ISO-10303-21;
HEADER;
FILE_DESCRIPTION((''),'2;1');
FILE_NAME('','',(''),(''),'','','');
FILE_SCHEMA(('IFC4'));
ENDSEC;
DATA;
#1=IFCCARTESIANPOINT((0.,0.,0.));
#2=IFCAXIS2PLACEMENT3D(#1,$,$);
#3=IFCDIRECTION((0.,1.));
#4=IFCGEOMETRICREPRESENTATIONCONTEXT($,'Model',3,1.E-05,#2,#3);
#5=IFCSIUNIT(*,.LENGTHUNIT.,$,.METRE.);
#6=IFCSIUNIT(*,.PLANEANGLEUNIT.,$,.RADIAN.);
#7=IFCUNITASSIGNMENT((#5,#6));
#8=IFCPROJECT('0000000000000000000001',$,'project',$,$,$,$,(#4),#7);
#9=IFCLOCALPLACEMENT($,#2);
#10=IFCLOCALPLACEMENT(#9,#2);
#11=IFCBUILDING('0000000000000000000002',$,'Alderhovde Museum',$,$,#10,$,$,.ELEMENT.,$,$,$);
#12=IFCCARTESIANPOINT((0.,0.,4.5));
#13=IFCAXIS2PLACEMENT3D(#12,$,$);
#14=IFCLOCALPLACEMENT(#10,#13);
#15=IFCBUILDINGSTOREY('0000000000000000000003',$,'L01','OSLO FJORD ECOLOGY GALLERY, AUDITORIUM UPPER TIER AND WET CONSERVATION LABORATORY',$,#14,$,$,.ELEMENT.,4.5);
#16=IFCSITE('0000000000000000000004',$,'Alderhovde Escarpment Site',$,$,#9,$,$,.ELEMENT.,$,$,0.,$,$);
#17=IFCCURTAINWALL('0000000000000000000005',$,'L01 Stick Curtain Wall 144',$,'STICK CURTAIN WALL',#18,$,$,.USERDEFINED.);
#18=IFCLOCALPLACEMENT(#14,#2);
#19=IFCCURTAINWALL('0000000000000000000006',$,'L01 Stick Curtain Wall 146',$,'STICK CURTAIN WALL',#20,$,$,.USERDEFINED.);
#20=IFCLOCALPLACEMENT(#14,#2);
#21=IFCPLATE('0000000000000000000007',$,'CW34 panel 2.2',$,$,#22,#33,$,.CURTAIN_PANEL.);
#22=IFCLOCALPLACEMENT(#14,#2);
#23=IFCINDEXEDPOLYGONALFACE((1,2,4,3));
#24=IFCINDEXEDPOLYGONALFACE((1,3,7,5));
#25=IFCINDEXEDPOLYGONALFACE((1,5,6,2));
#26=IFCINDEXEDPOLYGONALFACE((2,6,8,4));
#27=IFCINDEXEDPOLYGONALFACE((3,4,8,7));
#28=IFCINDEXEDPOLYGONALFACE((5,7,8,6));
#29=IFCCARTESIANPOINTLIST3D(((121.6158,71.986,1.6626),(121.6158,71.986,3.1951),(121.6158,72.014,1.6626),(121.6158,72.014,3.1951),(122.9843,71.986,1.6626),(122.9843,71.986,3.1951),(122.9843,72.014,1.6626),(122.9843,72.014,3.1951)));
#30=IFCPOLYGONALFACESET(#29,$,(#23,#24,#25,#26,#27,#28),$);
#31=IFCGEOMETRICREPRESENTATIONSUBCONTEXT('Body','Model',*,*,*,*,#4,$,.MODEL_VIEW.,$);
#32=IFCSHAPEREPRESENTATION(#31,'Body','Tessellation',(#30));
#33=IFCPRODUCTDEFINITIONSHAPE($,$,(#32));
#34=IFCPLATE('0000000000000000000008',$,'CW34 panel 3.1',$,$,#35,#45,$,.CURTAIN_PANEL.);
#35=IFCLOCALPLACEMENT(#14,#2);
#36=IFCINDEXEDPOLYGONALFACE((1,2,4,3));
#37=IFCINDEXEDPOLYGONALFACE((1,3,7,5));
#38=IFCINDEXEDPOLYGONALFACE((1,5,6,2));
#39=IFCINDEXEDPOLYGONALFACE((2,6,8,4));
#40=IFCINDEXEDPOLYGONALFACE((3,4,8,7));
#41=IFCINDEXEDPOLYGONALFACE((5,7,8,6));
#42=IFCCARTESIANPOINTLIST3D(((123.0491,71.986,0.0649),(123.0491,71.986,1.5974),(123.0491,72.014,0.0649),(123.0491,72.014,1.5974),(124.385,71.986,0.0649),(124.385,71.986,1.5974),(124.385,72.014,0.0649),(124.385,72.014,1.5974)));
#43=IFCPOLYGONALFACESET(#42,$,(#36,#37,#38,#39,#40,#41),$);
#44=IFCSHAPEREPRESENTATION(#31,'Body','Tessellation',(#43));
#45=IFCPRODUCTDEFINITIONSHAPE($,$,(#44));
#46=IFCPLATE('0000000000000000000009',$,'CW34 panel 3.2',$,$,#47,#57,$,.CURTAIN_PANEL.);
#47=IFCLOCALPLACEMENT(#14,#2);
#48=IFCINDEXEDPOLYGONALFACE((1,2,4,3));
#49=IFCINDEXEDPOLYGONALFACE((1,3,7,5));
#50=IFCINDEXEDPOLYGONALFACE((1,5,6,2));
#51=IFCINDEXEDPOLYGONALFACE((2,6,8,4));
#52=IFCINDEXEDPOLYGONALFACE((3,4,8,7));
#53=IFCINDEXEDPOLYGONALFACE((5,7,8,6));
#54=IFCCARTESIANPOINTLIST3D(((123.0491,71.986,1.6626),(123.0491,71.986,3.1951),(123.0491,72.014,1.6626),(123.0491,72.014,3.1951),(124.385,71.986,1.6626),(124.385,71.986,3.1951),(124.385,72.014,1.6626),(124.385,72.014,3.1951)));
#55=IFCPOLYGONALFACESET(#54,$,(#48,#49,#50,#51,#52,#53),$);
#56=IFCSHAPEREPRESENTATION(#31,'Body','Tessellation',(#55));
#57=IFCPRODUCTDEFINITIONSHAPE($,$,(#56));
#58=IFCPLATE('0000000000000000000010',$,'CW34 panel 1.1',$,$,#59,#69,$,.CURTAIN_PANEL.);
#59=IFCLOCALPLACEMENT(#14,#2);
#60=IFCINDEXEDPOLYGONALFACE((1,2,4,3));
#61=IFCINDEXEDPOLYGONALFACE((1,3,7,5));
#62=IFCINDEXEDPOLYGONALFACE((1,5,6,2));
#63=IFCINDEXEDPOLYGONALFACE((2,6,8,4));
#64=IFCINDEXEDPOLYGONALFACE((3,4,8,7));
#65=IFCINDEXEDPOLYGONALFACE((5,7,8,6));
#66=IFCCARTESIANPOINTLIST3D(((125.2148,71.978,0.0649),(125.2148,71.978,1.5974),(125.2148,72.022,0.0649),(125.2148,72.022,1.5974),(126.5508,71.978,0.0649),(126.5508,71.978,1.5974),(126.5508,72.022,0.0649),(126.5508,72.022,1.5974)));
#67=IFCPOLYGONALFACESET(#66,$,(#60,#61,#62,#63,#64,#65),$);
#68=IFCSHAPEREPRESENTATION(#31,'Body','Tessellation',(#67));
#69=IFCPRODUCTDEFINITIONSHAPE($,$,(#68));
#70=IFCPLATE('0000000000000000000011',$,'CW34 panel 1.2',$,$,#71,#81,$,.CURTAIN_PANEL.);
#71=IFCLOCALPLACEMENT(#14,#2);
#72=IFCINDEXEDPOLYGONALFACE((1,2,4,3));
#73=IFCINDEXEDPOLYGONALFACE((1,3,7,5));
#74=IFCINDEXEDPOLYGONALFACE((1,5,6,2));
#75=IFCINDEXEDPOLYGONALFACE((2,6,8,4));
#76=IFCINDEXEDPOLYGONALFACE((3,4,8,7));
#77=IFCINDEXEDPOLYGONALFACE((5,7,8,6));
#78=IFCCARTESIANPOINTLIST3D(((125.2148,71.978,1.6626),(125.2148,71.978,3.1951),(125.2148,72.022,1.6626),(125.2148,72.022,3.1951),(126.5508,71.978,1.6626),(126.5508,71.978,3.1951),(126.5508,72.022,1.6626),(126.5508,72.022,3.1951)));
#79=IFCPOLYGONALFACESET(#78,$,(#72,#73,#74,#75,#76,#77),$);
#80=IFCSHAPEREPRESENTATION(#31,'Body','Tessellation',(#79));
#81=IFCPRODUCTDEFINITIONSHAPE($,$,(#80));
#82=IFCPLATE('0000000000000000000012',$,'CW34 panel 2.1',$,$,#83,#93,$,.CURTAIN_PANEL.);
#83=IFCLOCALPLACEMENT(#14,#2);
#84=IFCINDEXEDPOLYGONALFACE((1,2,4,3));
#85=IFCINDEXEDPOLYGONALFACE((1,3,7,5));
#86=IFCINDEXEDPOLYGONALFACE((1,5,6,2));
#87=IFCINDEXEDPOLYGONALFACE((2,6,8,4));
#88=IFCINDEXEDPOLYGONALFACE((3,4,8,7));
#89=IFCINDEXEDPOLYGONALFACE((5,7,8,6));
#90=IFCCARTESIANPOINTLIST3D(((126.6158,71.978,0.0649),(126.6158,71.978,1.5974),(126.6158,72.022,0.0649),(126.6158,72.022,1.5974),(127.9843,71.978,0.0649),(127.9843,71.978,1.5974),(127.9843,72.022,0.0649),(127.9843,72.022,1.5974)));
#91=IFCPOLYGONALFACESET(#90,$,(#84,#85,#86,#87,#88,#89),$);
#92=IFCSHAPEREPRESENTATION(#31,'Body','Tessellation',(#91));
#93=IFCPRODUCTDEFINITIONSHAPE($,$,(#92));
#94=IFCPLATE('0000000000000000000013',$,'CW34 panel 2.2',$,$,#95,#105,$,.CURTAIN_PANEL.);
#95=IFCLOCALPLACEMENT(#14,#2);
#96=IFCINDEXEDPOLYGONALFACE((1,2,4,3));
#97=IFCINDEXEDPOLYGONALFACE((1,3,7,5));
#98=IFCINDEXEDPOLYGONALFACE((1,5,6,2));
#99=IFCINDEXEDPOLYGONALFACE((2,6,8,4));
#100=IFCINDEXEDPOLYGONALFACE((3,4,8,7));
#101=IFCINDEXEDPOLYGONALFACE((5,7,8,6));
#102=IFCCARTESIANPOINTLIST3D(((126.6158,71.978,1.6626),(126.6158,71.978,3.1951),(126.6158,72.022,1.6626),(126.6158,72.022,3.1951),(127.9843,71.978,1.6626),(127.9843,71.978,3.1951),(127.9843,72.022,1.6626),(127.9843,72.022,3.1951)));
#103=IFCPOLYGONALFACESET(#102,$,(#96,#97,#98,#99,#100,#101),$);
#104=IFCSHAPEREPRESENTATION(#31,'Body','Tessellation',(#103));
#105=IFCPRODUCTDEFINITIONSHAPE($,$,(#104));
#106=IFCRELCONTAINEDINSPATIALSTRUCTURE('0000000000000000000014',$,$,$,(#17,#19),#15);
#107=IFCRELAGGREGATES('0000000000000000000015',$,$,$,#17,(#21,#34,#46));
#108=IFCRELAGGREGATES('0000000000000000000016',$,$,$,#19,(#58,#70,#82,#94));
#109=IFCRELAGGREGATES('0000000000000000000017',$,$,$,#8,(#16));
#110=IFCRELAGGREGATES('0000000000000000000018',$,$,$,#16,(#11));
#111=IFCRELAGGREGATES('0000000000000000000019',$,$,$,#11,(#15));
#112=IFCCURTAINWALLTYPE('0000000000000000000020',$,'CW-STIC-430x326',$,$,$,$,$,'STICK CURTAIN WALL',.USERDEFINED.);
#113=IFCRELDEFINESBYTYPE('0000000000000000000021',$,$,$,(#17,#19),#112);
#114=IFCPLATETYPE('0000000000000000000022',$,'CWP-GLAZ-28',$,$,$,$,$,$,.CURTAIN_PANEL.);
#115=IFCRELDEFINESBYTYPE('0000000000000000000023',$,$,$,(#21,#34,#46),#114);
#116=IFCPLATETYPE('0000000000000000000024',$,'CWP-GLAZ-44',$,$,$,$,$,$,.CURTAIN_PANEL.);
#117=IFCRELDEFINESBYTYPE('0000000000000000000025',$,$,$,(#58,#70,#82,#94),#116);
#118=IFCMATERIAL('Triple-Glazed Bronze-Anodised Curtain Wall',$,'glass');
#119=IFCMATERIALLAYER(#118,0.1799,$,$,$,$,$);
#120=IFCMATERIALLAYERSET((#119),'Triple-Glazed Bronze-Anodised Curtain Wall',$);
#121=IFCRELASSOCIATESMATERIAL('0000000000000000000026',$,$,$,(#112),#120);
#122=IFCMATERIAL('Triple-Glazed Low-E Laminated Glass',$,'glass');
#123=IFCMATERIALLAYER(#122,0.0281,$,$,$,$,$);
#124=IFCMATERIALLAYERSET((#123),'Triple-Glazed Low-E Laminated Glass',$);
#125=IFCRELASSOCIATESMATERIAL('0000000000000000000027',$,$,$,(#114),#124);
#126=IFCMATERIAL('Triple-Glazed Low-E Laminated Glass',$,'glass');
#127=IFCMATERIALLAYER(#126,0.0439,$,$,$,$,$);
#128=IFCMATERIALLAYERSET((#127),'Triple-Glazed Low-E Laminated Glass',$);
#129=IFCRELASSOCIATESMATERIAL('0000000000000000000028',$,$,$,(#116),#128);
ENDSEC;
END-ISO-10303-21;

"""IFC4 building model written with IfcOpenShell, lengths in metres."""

from ifc_helpers import new_model, si_unit, direction, frame, origin, origin_2d, place, context, subcontext, project, spatial, rectangle, extrude, material, layer, layer_set, type_object, element, aggregate, save


model = new_model("IFC4")

# Units and contexts
model_context = context("Model", 3, precision=1e-05, world=origin(), true_north=direction((0.0, 1.0)))
body_context = subcontext(model_context, "Body", "Model", "MODEL_VIEW")
ifc_project = project(units=[si_unit("LENGTHUNIT", "METRE"), si_unit("PLANEANGLEUNIT", "RADIAN")], contexts=[model_context])

# Site, building, storey
site_placement = place(None, origin())
site = spatial("IfcSite", under=ifc_project, at=site_placement, Name="Alderhovde Escarpment Site", CompositionType="ELEMENT", RefElevation=0.0)
building_placement = place(site_placement, origin())
building = spatial("IfcBuilding", under=site, at=building_placement, Name="Alderhovde Museum", CompositionType="ELEMENT")
storey_placement = place(building_placement, frame((0.0, 0.0, 4.5)))
storey = spatial("IfcBuildingStorey", under=building, at=storey_placement, Name="L01", Description="OSLO FJORD ECOLOGY GALLERY, AUDITORIUM UPPER TIER AND WET CONSERVATION LABORATORY", CompositionType="ELEMENT", Elevation=4.5)

# Curtain walls
ifc_material_1 = material(Name="Triple-Glazed Bronze-Anodised Curtain Wall", Category="glass")
ifc_layer_1 = layer(ifc_material_1, 0.1799)
ifc_layer_set_1 = layer_set([ifc_layer_1], Name="Triple-Glazed Bronze-Anodised Curtain Wall")
curtain_wall_type = type_object("IfcCurtainWallType", Name="CW-STIC-430x326", ElementType="STICK CURTAIN WALL", PredefinedType="USERDEFINED", material=ifc_layer_set_1)
curtain_wall_1_placement = place(storey_placement, origin())
curtain_wall_1 = element("IfcCurtainWall", 1, at=curtain_wall_1_placement, inside=storey, type_object=curtain_wall_type, Name="L01 Stick Curtain Wall 144", ObjectType="STICK CURTAIN WALL", PredefinedType="USERDEFINED")
curtain_wall_2_placement = place(storey_placement, origin())
curtain_wall_2 = element("IfcCurtainWall", 2, at=curtain_wall_2_placement, inside=storey, type_object=curtain_wall_type, Name="L01 Stick Curtain Wall 146", ObjectType="STICK CURTAIN WALL", PredefinedType="USERDEFINED")

# Plates
ifc_material_2 = material(Name="Triple-Glazed Low-E Laminated Glass", Category="glass")
ifc_layer_2 = layer(ifc_material_2, 0.0281)
ifc_layer_set_2 = layer_set([ifc_layer_2], Name="Triple-Glazed Low-E Laminated Glass")
plate_type_1 = type_object("IfcPlateType", Name="CWP-GLAZ-28", PredefinedType="CURTAIN_PANEL", material=ifc_layer_set_2)
plate_1_placement = place(storey_placement, frame((122.3, 72.0, 1.6626), z_axis=(0.0, 0.0, 1.0), x_axis=(1.0, 0.0, 0.0)))
plate_1 = element("IfcPlate", 3, at=plate_1_placement, type_object=plate_type_1, Name="CW34 panel 2.2", PredefinedType="CURTAIN_PANEL", context=body_context, shape_type="SweptSolid", body=[
    extrude(rectangle(XDim=1.3684, YDim=0.0281, at=origin_2d()), origin(), (0.0, 0.0, 1.0), 1.5325),
])
plate_2_placement = place(storey_placement, frame((123.717, 72.0, 0.0649), z_axis=(0.0, 0.0, 1.0), x_axis=(1.0, 0.0, 0.0)))
plate_2 = element("IfcPlate", 4, at=plate_2_placement, type_object=plate_type_1, Name="CW34 panel 3.1", PredefinedType="CURTAIN_PANEL", context=body_context, shape_type="SweptSolid", body=[
    extrude(rectangle(XDim=1.3359, YDim=0.0281, at=origin_2d()), origin(), (0.0, 0.0, 1.0), 1.5325),
])
plate_3_placement = place(storey_placement, frame((123.717, 72.0, 1.6626), z_axis=(0.0, 0.0, 1.0), x_axis=(1.0, 0.0, 0.0)))
plate_3 = element("IfcPlate", 5, at=plate_3_placement, type_object=plate_type_1, Name="CW34 panel 3.2", PredefinedType="CURTAIN_PANEL", context=body_context, shape_type="SweptSolid", body=[
    extrude(rectangle(XDim=1.3359, YDim=0.0281, at=origin_2d()), origin(), (0.0, 0.0, 1.0), 1.5325),
])
aggregate(curtain_wall_1, [plate_1, plate_2, plate_3])
ifc_material_3 = material(Name="Triple-Glazed Low-E Laminated Glass", Category="glass")
ifc_layer_3 = layer(ifc_material_3, 0.0439)
ifc_layer_set_3 = layer_set([ifc_layer_3], Name="Triple-Glazed Low-E Laminated Glass")
plate_type_2 = type_object("IfcPlateType", Name="CWP-GLAZ-44", PredefinedType="CURTAIN_PANEL", material=ifc_layer_set_3)
plate_4_placement = place(storey_placement, frame((125.8828, 72.0, 0.0649), z_axis=(0.0, 0.0, 1.0), x_axis=(1.0, 0.0, 0.0)))
plate_4 = element("IfcPlate", 6, at=plate_4_placement, type_object=plate_type_2, Name="CW34 panel 1.1", PredefinedType="CURTAIN_PANEL", context=body_context, shape_type="SweptSolid", body=[
    extrude(rectangle(XDim=1.3359, YDim=0.0439, at=origin_2d()), origin(), (0.0, 0.0, 1.0), 1.5325),
])
plate_5_placement = place(storey_placement, frame((125.8828, 72.0, 1.6626), z_axis=(0.0, 0.0, 1.0), x_axis=(1.0, 0.0, 0.0)))
plate_5 = element("IfcPlate", 7, at=plate_5_placement, type_object=plate_type_2, Name="CW34 panel 1.2", PredefinedType="CURTAIN_PANEL", context=body_context, shape_type="SweptSolid", body=[
    extrude(rectangle(XDim=1.3359, YDim=0.0439, at=origin_2d()), origin(), (0.0, 0.0, 1.0), 1.5325),
])
plate_6_placement = place(storey_placement, frame((127.3, 72.0, 0.0649), z_axis=(0.0, 0.0, 1.0), x_axis=(1.0, 0.0, 0.0)))
plate_6 = element("IfcPlate", 8, at=plate_6_placement, type_object=plate_type_2, Name="CW34 panel 2.1", PredefinedType="CURTAIN_PANEL", context=body_context, shape_type="SweptSolid", body=[
    extrude(rectangle(XDim=1.3684, YDim=0.0439, at=origin_2d()), origin(), (0.0, 0.0, 1.0), 1.5325),
])
plate_7_placement = place(storey_placement, frame((127.3, 72.0, 1.6626), z_axis=(0.0, 0.0, 1.0), x_axis=(1.0, 0.0, 0.0)))
plate_7 = element("IfcPlate", 9, at=plate_7_placement, type_object=plate_type_2, Name="CW34 panel 2.2", PredefinedType="CURTAIN_PANEL", context=body_context, shape_type="SweptSolid", body=[
    extrude(rectangle(XDim=1.3684, YDim=0.0439, at=origin_2d()), origin(), (0.0, 0.0, 1.0), 1.5325),
])
aggregate(curtain_wall_2, [plate_4, plate_5, plate_6, plate_7])

save(model, "model.ifc")
